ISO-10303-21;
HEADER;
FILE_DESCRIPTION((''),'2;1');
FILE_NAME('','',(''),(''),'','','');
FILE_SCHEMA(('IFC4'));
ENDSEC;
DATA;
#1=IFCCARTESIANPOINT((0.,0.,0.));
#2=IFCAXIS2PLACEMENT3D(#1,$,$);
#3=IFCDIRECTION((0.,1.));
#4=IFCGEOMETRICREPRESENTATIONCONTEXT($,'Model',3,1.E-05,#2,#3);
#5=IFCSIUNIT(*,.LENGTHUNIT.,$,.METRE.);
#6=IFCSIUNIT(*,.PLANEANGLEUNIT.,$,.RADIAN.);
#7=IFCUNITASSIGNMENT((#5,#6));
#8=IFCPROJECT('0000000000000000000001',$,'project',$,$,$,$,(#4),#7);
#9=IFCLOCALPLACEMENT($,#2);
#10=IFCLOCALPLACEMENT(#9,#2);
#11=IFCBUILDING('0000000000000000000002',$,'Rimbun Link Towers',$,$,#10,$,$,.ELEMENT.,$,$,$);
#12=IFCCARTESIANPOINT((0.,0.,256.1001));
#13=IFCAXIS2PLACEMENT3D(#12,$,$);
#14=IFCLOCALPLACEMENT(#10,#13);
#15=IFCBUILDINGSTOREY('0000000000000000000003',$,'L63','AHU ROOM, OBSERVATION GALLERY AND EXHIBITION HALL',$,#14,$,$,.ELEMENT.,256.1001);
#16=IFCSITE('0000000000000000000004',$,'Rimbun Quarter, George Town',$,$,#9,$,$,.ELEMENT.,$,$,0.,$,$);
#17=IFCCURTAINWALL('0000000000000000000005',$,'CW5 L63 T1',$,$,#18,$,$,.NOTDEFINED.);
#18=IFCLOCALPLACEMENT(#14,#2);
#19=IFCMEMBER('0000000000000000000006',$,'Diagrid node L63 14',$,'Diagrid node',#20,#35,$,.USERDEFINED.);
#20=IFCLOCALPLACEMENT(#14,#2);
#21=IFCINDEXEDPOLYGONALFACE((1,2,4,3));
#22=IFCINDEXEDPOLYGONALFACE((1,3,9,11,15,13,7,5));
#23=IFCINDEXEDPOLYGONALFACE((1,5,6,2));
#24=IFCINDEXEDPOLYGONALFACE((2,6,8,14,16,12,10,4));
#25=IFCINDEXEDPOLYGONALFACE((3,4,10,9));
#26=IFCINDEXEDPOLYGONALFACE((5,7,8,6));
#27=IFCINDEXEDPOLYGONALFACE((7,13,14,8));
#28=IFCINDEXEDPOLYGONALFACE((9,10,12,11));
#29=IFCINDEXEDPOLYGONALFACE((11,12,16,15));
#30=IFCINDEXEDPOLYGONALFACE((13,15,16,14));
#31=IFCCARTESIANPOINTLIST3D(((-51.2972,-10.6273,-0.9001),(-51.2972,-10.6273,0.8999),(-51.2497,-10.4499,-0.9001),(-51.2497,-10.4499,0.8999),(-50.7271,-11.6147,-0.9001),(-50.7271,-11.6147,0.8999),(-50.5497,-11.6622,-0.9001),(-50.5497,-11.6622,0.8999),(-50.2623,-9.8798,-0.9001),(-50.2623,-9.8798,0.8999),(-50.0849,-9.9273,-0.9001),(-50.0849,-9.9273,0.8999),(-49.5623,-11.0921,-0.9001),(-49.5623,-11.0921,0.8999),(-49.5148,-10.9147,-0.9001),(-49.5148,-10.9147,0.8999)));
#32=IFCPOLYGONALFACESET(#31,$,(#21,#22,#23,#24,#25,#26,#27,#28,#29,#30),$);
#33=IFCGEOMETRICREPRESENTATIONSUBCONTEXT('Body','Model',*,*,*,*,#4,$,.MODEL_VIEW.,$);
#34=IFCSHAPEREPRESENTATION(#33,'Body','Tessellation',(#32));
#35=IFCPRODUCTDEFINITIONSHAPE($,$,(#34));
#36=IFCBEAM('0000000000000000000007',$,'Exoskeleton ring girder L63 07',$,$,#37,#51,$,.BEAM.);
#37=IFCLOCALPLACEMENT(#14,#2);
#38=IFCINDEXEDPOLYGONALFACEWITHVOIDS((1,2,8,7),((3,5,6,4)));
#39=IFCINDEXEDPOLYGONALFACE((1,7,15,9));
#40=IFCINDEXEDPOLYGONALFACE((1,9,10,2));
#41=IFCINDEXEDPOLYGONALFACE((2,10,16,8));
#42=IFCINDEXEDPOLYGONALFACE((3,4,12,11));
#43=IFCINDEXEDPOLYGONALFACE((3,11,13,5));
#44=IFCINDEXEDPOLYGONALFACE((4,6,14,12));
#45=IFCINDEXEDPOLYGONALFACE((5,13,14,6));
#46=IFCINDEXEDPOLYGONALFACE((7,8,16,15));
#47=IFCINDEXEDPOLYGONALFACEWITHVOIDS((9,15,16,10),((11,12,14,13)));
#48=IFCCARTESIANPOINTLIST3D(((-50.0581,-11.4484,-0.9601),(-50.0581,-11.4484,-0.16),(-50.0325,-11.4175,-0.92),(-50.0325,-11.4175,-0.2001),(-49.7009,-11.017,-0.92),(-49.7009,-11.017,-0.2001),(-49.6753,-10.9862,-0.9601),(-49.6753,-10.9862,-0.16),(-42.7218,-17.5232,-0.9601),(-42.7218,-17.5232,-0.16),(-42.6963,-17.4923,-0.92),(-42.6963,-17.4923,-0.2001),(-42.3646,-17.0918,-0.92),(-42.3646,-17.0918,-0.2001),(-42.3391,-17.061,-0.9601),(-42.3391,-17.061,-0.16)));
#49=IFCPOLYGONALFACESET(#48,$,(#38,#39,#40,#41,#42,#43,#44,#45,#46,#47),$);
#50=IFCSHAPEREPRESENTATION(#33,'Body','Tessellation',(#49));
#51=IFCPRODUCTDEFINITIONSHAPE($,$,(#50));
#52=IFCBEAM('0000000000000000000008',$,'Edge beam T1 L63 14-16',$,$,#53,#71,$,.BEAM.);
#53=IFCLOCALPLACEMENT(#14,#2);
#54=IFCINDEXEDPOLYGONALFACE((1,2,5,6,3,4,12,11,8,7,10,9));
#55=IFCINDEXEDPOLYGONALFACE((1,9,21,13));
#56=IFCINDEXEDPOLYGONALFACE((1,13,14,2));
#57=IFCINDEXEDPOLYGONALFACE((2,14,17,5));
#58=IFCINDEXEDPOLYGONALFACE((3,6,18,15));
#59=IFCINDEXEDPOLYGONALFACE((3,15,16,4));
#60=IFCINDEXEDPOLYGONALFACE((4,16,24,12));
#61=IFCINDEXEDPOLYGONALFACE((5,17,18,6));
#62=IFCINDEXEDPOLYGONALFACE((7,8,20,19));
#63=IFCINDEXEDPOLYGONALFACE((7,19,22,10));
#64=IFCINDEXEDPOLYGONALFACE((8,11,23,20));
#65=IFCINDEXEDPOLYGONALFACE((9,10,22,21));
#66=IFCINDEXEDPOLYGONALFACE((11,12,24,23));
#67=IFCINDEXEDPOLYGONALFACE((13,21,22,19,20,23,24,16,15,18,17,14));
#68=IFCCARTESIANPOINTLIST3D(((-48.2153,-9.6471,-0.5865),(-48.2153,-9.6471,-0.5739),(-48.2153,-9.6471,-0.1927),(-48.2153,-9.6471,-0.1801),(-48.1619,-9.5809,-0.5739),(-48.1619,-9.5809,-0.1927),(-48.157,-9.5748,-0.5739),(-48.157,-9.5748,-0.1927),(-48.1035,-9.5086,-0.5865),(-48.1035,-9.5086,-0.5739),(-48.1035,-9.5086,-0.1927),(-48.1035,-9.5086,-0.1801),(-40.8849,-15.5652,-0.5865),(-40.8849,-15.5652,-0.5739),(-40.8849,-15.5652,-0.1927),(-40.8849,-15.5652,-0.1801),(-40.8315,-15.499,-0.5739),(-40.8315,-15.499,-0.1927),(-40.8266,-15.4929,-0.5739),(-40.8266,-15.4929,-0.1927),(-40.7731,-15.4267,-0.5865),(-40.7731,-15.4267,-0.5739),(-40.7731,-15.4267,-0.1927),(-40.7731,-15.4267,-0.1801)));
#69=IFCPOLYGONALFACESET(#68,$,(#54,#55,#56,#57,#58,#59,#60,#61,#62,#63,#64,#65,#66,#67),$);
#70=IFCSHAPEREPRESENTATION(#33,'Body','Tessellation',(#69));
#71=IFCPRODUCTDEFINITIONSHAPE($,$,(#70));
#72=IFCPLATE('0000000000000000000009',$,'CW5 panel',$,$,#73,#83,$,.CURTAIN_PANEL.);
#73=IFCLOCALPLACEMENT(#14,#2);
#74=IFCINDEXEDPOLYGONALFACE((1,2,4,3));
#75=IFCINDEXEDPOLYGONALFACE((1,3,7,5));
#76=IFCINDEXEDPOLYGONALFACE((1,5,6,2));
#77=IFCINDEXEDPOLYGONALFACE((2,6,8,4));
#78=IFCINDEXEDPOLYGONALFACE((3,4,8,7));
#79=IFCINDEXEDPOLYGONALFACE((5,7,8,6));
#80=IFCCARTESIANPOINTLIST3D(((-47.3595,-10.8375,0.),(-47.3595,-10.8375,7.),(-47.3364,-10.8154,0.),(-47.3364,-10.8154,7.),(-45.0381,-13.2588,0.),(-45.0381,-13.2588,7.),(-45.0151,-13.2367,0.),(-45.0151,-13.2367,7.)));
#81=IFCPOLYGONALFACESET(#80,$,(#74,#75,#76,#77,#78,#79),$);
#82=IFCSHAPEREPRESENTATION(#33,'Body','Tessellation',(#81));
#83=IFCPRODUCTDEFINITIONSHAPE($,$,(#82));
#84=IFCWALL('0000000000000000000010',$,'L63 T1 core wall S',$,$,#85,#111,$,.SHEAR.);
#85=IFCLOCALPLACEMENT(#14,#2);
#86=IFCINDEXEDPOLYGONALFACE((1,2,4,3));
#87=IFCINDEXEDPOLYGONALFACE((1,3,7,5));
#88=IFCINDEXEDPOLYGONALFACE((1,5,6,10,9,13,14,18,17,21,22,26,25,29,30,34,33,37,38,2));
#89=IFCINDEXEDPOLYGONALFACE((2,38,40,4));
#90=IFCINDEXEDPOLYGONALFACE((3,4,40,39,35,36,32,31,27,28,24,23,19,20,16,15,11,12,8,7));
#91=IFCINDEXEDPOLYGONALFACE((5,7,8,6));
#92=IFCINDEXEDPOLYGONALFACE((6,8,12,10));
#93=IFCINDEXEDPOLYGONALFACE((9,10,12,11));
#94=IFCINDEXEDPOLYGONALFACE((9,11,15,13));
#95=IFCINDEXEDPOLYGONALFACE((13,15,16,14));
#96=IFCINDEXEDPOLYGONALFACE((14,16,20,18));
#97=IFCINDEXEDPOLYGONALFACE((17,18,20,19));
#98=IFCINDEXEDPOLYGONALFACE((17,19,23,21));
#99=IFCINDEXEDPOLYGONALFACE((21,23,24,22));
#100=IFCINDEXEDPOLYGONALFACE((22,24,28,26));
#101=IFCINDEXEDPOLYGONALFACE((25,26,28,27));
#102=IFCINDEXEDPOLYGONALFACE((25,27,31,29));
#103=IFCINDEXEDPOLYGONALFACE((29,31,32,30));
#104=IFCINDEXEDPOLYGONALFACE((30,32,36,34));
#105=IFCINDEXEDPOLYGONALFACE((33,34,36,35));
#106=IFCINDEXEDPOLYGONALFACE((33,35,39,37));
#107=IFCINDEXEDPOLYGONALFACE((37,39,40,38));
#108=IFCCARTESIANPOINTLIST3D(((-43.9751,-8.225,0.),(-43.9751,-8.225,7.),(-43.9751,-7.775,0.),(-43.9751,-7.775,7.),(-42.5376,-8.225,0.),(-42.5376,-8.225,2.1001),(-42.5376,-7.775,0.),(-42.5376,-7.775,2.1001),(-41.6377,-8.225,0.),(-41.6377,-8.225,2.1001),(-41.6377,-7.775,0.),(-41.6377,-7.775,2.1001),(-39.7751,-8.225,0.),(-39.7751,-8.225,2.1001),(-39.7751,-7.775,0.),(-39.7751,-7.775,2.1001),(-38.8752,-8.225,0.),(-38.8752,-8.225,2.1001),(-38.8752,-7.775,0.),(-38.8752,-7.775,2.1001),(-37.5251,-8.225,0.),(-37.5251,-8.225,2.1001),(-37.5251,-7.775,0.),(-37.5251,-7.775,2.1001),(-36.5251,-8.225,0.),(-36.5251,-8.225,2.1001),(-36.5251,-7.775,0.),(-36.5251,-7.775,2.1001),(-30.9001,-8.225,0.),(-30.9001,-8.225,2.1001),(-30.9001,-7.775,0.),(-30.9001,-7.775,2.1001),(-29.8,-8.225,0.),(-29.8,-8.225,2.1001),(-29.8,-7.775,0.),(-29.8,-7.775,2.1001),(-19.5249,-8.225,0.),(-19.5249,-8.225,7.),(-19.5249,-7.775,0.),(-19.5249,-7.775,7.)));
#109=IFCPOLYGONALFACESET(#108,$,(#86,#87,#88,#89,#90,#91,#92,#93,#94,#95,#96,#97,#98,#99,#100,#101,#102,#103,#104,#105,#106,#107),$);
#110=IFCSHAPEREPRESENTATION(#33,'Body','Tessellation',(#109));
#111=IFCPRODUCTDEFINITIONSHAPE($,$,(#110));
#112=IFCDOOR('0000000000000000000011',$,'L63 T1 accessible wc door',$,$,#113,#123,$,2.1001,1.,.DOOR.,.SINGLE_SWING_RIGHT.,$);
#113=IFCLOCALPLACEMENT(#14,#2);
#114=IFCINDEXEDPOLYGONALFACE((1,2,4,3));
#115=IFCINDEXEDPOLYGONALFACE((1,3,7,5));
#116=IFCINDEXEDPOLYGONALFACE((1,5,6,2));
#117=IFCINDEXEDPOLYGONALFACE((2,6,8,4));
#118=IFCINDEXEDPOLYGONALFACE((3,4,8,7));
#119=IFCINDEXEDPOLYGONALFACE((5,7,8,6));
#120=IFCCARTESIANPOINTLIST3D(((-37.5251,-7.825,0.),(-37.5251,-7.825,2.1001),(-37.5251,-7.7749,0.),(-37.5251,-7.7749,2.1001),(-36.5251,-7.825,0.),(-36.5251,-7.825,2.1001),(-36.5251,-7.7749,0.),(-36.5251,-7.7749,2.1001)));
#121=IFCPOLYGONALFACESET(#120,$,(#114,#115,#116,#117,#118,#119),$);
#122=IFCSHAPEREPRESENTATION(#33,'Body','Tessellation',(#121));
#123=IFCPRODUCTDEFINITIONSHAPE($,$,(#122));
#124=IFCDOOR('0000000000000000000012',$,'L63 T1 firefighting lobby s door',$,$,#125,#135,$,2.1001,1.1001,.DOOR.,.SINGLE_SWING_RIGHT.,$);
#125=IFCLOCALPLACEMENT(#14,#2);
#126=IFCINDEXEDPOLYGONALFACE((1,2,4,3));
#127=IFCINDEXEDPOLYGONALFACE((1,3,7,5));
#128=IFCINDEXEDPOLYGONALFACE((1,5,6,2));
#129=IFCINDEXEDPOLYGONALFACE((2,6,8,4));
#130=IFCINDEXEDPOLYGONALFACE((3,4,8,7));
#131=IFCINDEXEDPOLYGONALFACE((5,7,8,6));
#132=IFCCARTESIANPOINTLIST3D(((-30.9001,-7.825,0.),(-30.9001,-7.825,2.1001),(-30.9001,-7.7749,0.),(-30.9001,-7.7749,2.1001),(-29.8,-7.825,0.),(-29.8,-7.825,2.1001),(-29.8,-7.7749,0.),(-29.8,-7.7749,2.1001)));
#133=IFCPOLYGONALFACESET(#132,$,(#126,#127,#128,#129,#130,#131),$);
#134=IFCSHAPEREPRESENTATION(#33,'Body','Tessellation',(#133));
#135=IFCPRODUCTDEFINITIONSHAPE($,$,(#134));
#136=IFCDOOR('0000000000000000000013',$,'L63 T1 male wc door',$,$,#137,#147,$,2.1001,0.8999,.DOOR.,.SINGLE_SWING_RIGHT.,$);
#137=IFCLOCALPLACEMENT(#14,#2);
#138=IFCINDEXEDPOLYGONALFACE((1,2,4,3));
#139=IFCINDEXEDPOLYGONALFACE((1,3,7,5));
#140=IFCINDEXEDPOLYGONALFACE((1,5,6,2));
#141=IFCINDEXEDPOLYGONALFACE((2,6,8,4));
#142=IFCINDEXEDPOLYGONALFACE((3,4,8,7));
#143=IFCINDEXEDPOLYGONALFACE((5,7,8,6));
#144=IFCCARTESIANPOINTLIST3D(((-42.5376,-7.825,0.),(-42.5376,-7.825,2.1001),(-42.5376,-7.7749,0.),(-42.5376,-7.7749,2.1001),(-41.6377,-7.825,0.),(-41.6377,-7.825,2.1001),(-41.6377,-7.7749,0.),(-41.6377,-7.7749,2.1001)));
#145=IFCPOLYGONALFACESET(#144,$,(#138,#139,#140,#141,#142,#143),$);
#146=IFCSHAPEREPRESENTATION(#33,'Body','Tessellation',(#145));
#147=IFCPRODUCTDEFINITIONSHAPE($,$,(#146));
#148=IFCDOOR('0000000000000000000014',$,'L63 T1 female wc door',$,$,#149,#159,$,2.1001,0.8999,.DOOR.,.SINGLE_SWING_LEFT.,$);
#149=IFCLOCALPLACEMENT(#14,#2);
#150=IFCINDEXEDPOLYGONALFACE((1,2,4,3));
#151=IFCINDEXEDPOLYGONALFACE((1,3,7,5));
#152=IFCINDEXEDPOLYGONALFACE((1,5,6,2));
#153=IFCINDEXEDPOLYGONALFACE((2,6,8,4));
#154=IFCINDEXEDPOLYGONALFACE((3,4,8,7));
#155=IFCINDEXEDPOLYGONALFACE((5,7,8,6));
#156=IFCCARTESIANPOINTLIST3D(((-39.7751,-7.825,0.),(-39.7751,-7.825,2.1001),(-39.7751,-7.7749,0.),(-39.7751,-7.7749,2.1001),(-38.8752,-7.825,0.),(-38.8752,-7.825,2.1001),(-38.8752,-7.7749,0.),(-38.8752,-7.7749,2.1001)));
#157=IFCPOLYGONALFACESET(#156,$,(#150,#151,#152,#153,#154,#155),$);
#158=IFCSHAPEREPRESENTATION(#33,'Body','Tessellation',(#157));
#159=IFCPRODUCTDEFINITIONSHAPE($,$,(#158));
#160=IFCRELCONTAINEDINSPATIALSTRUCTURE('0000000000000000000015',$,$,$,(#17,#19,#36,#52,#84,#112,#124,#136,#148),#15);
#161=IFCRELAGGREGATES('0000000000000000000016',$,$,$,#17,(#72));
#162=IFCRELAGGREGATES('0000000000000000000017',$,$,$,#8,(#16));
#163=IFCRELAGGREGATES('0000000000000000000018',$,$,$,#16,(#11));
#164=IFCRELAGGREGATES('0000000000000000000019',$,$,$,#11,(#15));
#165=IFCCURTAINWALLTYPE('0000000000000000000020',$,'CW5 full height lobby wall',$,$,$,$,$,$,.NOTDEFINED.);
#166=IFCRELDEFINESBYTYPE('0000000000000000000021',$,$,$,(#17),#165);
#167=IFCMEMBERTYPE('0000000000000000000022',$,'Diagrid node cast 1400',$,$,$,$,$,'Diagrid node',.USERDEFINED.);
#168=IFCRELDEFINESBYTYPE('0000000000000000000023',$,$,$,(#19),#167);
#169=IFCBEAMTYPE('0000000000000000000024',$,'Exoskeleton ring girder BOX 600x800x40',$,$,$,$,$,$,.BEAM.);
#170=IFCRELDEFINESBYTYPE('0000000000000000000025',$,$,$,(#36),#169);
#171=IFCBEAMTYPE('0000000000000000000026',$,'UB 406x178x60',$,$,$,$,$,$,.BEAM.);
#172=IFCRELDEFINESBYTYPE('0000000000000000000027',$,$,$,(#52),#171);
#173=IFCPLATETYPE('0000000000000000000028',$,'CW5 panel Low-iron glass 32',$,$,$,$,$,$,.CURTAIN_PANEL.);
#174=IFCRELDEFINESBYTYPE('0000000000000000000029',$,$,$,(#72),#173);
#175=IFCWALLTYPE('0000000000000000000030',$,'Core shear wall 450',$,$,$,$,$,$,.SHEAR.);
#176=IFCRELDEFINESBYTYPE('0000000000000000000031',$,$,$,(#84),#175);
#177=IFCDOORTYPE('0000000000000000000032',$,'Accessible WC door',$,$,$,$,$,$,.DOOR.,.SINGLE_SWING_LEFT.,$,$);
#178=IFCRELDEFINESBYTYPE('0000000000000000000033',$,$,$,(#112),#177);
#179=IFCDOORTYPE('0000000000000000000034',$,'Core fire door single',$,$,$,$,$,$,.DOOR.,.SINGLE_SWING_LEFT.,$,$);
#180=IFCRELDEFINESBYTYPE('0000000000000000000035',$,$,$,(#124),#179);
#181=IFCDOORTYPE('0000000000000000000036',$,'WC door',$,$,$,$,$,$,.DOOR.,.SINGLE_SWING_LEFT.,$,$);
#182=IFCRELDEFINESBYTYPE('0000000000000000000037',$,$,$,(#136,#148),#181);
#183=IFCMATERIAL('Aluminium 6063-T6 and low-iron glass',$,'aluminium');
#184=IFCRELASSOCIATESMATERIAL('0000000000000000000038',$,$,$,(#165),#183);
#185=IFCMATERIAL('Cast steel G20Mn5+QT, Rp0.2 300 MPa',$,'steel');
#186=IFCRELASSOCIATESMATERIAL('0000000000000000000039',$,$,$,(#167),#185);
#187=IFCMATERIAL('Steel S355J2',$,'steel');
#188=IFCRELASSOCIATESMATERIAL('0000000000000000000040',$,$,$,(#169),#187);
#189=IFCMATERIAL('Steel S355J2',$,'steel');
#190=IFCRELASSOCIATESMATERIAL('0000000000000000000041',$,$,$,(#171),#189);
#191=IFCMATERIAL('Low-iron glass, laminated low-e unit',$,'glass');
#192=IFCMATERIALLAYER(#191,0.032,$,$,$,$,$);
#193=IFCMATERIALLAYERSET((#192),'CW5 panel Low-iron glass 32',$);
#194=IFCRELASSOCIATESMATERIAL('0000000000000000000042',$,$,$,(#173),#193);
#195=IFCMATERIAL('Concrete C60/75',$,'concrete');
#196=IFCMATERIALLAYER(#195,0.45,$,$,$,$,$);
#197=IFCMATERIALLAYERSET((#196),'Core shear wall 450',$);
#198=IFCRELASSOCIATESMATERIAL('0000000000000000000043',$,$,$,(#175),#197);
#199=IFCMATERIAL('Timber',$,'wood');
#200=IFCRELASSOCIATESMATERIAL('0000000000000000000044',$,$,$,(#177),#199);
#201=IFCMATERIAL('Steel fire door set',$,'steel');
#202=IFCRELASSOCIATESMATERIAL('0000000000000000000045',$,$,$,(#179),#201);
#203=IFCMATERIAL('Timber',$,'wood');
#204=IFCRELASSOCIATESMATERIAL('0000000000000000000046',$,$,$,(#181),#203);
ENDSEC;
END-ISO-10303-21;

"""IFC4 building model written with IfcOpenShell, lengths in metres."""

from ifc_helpers import new_model, si_unit, direction, frame, frame_2d, origin, origin_2d, place, context, subcontext, project, spatial, polyline, rectangle, hollow_rectangle, i_section, outline, extrude, material, layer, layer_set, material_profile, profile_set, type_object, element, fill, aggregate, save


model = new_model("IFC4")

# Units and contexts
model_context = context("Model", 3, precision=1e-05, world=origin(), true_north=direction((0.0, 1.0)))
body_context = subcontext(model_context, "Body", "Model", "MODEL_VIEW")
ifc_project = project(units=[si_unit("LENGTHUNIT", "METRE"), si_unit("PLANEANGLEUNIT", "RADIAN")], contexts=[model_context])

# Site, building, storey
site_placement = place(None, origin())
site = spatial("IfcSite", under=ifc_project, at=site_placement, Name="Rimbun Quarter, George Town", CompositionType="ELEMENT", RefElevation=0.0)
building_placement = place(site_placement, origin())
building = spatial("IfcBuilding", under=site, at=building_placement, Name="Rimbun Link Towers", CompositionType="ELEMENT")
storey_placement = place(building_placement, frame((0.0, 0.0, 256.1001)))
storey = spatial("IfcBuildingStorey", under=building, at=storey_placement, Name="L63", Description="AHU ROOM, OBSERVATION GALLERY AND EXHIBITION HALL", CompositionType="ELEMENT", Elevation=256.1001)

# Curtain wall
ifc_material_1 = material(Name="Aluminium 6063-T6 and low-iron glass", Category="aluminium")
curtain_wall_type = type_object("IfcCurtainWallType", Name="CW5 full height lobby wall", PredefinedType="NOTDEFINED", material=ifc_material_1)
curtain_wall_placement = place(storey_placement, origin())
curtain_wall = element("IfcCurtainWall", 1, at=curtain_wall_placement, inside=storey, type_object=curtain_wall_type, Name="CW5 L63 T1", PredefinedType="NOTDEFINED")

# Member
ifc_material_2 = material(Name="Cast steel G20Mn5+QT, Rp0.2 300 MPa", Category="steel")
ifc_material_profile_1 = material_profile(ifc_material_2, outline(polyline([(0.7, -0.5701), (0.7, 0.5701), (0.5701, 0.7), (-0.5701, 0.7), (-0.7, 0.5701), (-0.7, -0.5701), (-0.5701, -0.7), (0.5701, -0.7), (0.7, -0.5701)])), Name="NODE 1400x1400")
ifc_profile_set_1 = profile_set([ifc_material_profile_1], Name="Cast steel G20Mn5+QT, Rp0.2 300 MPa")
member_type_1 = type_object("IfcMemberType", Name="Diagrid node cast 1400", ElementType="Diagrid node", PredefinedType="USERDEFINED", material=ifc_profile_set_1)
member_1_placement = place(storey_placement, frame((-50.406, -10.771, -0.9001), z_axis=(0.0, 0.0, 1.0), x_axis=(-0.866025, -0.5, 0.0)))
element("IfcMember", 2, at=member_1_placement, inside=storey, type_object=member_type_1, Name="Diagrid node L63 14", ObjectType="Diagrid node", PredefinedType="USERDEFINED", context=body_context, shape_type="SweptSolid", body=[
    extrude(outline(polyline([(0.7, -0.5701), (0.7, 0.5701), (0.5701, 0.7), (-0.5701, 0.7), (-0.7, 0.5701), (-0.7, -0.5701), (-0.5701, -0.7), (0.5701, -0.7), (0.7, -0.5701)])), origin(), (0.0, 0.0, 1.0), 1.8),
])

# Beams
ifc_material_3 = material(Name="Steel S355J2", Category="steel")
ifc_material_profile_2 = material_profile(ifc_material_3, hollow_rectangle(XDim=0.6001, YDim=0.8, WallThickness=0.04, at=origin_2d()), Name="Exoskeleton ring girder BOX 600x800x40")
ifc_profile_set_2 = profile_set([ifc_material_profile_2], Name="Steel S355J2")
beam_type_1 = type_object("IfcBeamType", Name="Exoskeleton ring girder BOX 600x800x40", PredefinedType="BEAM", material=ifc_profile_set_2)
beam_1_placement = place(storey_placement, frame((-49.8667, -11.2173, -0.5601), z_axis=(0.77022, -0.637779, 0.0), x_axis=(0.637779, 0.77022, 0.0)))
element("IfcBeam", 3, at=beam_1_placement, inside=storey, type_object=beam_type_1, Name="Exoskeleton ring girder L63 07", PredefinedType="BEAM", context=body_context, shape_type="SweptSolid", body=[
    extrude(hollow_rectangle(XDim=0.6001, YDim=0.8, WallThickness=0.04, at=origin_2d()), origin(), (0.0, 0.0, 1.0), 9.5249),
])
ifc_material_4 = material(Name="Steel S355J2", Category="steel")
ifc_material_profile_3 = material_profile(ifc_material_4, i_section(OverallWidth=0.178, OverallDepth=0.4065, WebThickness=0.0078, FlangeThickness=0.0127, at=origin_2d()), Name="UB 406x178x60")
ifc_profile_set_3 = profile_set([ifc_material_profile_3], Name="Steel S355J2")
beam_type_2 = type_object("IfcBeamType", Name="UB 406x178x60", PredefinedType="BEAM", material=ifc_profile_set_3)
beam_2_placement = place(storey_placement, frame((-48.1594, -9.5779, -0.3833), z_axis=(0.77808, -0.628165, 0.0), x_axis=(0.628165, 0.77808, 0.0)))
element("IfcBeam", 4, at=beam_2_placement, inside=storey, type_object=beam_type_2, Name="Edge beam T1 L63 14-16", PredefinedType="BEAM", context=body_context, shape_type="SweptSolid", body=[
    extrude(i_section(OverallWidth=0.178, OverallDepth=0.4065, WebThickness=0.0078, FlangeThickness=0.0127, at=origin_2d()), origin(), (0.0, 0.0, 1.0), 9.4211),
])

# Plate
ifc_material_5 = material(Name="Low-iron glass, laminated low-e unit", Category="glass")
ifc_layer_1 = layer(ifc_material_5, 0.032)
ifc_layer_set_1 = layer_set([ifc_layer_1], Name="CW5 panel Low-iron glass 32")
plate_type = type_object("IfcPlateType", Name="CW5 panel Low-iron glass 32", PredefinedType="CURTAIN_PANEL", material=ifc_layer_set_1)
plate_placement = place(storey_placement, frame((-46.1873, -12.0371, 0.0), z_axis=(0.0, 0.0, 1.0), x_axis=(-0.692053, 0.721847, 0.0)))
plate = element("IfcPlate", 5, at=plate_placement, type_object=plate_type, Name="CW5 panel", PredefinedType="CURTAIN_PANEL", context=body_context, shape_type="SweptSolid", body=[
    extrude(rectangle(XDim=3.3542, YDim=0.032, at=origin_2d()), origin(), (0.0, 0.0, 1.0), 7.0),
])
aggregate(curtain_wall, [plate])

# Wall, openings, doors
ifc_material_6 = material(Name="Concrete C60/75", Category="concrete")
ifc_layer_2 = layer(ifc_material_6, 0.45)
ifc_layer_set_2 = layer_set([ifc_layer_2], Name="Core shear wall 450")
wall_type_1 = type_object("IfcWallType", Name="Core shear wall 450", PredefinedType="SHEAR", material=ifc_layer_set_2)
wall_1_placement = place(storey_placement, frame((-43.9751, -8.0, 0.0), z_axis=(0.0, 0.0, 1.0), x_axis=(1.0, 0.0, 0.0)))
wall_1 = element("IfcWall", 6, at=wall_1_placement, inside=storey, type_object=wall_type_1, Name="L63 T1 core wall S", PredefinedType="SHEAR", context=body_context, shape_type="SweptSolid", body=[
    extrude(rectangle(XDim=24.4502, YDim=0.45, at=frame_2d((12.2251, 0.0))), origin(), (0.0, 0.0, 1.0), 7.0),
])
opening_1_placement = place(wall_1_placement, frame((13.075, 0.0, 0.0)))
opening_1 = element("IfcOpeningElement", 7, at=opening_1_placement, cuts=wall_1, PredefinedType="OPENING", context=body_context, shape_type="SweptSolid", body=[
    extrude(rectangle(XDim=1.1001, YDim=2.1001, at=frame_2d((0.55, 1.05))), frame((0.0, 0.2349, 0.0), z_axis=(0.0, -1.0, 0.0), x_axis=(1.0, 0.0, 0.0)), (0.0, 0.0, 1.0), 0.47),
])
opening_2_placement = place(wall_1_placement, frame((1.4375, 0.0, 0.0)))
opening_2 = element("IfcOpeningElement", 8, at=opening_2_placement, cuts=wall_1, PredefinedType="OPENING", context=body_context, shape_type="SweptSolid", body=[
    extrude(rectangle(XDim=0.8999, YDim=2.1001, at=frame_2d((0.45, 1.05))), frame((0.0, 0.2349, 0.0), z_axis=(0.0, -1.0, 0.0), x_axis=(1.0, 0.0, 0.0)), (0.0, 0.0, 1.0), 0.47),
])
opening_3_placement = place(wall_1_placement, frame((4.2, 0.0, 0.0)))
opening_3 = element("IfcOpeningElement", 9, at=opening_3_placement, cuts=wall_1, PredefinedType="OPENING", context=body_context, shape_type="SweptSolid", body=[
    extrude(rectangle(XDim=0.8999, YDim=2.1001, at=frame_2d((0.45, 1.05))), frame((0.0, 0.2349, 0.0), z_axis=(0.0, -1.0, 0.0), x_axis=(1.0, 0.0, 0.0)), (0.0, 0.0, 1.0), 0.47),
])
opening_4_placement = place(wall_1_placement, frame((6.45, 0.0, 0.0)))
opening_4 = element("IfcOpeningElement", 10, at=opening_4_placement, cuts=wall_1, PredefinedType="OPENING", context=body_context, shape_type="SweptSolid", body=[
    extrude(rectangle(XDim=1.0, YDim=2.1001, at=frame_2d((0.5, 1.05))), frame((0.0, 0.2349, 0.0), z_axis=(0.0, -1.0, 0.0), x_axis=(1.0, 0.0, 0.0)), (0.0, 0.0, 1.0), 0.47),
])
ifc_material_7 = material(Name="Timber", Category="wood")
door_type_1 = type_object("IfcDoorType", Name="Accessible WC door", OperationType="SINGLE_SWING_LEFT", PredefinedType="DOOR", material=ifc_material_7)
door_1_placement = place(opening_4_placement, origin())
door_1 = element("IfcDoor", 11, at=door_1_placement, inside=storey, type_object=door_type_1, Name="L63 T1 accessible wc door", OperationType="SINGLE_SWING_RIGHT", OverallHeight=2.1001, OverallWidth=1.0, PredefinedType="DOOR", context=body_context, shape_type="SweptSolid", body=[
    extrude(rectangle(XDim=1.0, YDim=2.1001, at=frame_2d((0.5, 1.05))), frame((0.0, 0.2251, 0.0), z_axis=(0.0, -1.0, 0.0), x_axis=(1.0, 0.0, 0.0)), (0.0, 0.0, 1.0), 0.05),
])
fill(opening_4, door_1)
ifc_material_8 = material(Name="Steel fire door set", Category="steel")
door_type_2 = type_object("IfcDoorType", Name="Core fire door single", OperationType="SINGLE_SWING_LEFT", PredefinedType="DOOR", material=ifc_material_8)
door_2_placement = place(opening_1_placement, origin())
door_2 = element("IfcDoor", 12, at=door_2_placement, inside=storey, type_object=door_type_2, Name="L63 T1 firefighting lobby s door", OperationType="SINGLE_SWING_RIGHT", OverallHeight=2.1001, OverallWidth=1.1001, PredefinedType="DOOR", context=body_context, shape_type="SweptSolid", body=[
    extrude(rectangle(XDim=1.1001, YDim=2.1001, at=frame_2d((0.55, 1.05))), frame((0.0, 0.2251, 0.0), z_axis=(0.0, -1.0, 0.0), x_axis=(1.0, 0.0, 0.0)), (0.0, 0.0, 1.0), 0.05),
])
fill(opening_1, door_2)
ifc_material_9 = material(Name="Timber", Category="wood")
door_type_3 = type_object("IfcDoorType", Name="WC door", OperationType="SINGLE_SWING_LEFT", PredefinedType="DOOR", material=ifc_material_9)
door_3_placement = place(opening_2_placement, origin())
door_3 = element("IfcDoor", 13, at=door_3_placement, inside=storey, type_object=door_type_3, Name="L63 T1 male wc door", OperationType="SINGLE_SWING_RIGHT", OverallHeight=2.1001, OverallWidth=0.8999, PredefinedType="DOOR", context=body_context, shape_type="SweptSolid", body=[
    extrude(rectangle(XDim=0.8999, YDim=2.1001, at=frame_2d((0.45, 1.05))), frame((0.0, 0.2251, 0.0), z_axis=(0.0, -1.0, 0.0), x_axis=(1.0, 0.0, 0.0)), (0.0, 0.0, 1.0), 0.05),
])
fill(opening_2, door_3)
door_4_placement = place(opening_3_placement, origin())
door_4 = element("IfcDoor", 14, at=door_4_placement, inside=storey, type_object=door_type_3, Name="L63 T1 female wc door", OperationType="SINGLE_SWING_LEFT", OverallHeight=2.1001, OverallWidth=0.8999, PredefinedType="DOOR", context=body_context, shape_type="SweptSolid", body=[
    extrude(rectangle(XDim=0.8999, YDim=2.1001, at=frame_2d((0.45, 1.05))), frame((0.0, 0.2251, 0.0), z_axis=(0.0, -1.0, 0.0), x_axis=(1.0, 0.0, 0.0)), (0.0, 0.0, 1.0), 0.05),
])
fill(opening_3, door_4)

save(model, "model.ifc")
